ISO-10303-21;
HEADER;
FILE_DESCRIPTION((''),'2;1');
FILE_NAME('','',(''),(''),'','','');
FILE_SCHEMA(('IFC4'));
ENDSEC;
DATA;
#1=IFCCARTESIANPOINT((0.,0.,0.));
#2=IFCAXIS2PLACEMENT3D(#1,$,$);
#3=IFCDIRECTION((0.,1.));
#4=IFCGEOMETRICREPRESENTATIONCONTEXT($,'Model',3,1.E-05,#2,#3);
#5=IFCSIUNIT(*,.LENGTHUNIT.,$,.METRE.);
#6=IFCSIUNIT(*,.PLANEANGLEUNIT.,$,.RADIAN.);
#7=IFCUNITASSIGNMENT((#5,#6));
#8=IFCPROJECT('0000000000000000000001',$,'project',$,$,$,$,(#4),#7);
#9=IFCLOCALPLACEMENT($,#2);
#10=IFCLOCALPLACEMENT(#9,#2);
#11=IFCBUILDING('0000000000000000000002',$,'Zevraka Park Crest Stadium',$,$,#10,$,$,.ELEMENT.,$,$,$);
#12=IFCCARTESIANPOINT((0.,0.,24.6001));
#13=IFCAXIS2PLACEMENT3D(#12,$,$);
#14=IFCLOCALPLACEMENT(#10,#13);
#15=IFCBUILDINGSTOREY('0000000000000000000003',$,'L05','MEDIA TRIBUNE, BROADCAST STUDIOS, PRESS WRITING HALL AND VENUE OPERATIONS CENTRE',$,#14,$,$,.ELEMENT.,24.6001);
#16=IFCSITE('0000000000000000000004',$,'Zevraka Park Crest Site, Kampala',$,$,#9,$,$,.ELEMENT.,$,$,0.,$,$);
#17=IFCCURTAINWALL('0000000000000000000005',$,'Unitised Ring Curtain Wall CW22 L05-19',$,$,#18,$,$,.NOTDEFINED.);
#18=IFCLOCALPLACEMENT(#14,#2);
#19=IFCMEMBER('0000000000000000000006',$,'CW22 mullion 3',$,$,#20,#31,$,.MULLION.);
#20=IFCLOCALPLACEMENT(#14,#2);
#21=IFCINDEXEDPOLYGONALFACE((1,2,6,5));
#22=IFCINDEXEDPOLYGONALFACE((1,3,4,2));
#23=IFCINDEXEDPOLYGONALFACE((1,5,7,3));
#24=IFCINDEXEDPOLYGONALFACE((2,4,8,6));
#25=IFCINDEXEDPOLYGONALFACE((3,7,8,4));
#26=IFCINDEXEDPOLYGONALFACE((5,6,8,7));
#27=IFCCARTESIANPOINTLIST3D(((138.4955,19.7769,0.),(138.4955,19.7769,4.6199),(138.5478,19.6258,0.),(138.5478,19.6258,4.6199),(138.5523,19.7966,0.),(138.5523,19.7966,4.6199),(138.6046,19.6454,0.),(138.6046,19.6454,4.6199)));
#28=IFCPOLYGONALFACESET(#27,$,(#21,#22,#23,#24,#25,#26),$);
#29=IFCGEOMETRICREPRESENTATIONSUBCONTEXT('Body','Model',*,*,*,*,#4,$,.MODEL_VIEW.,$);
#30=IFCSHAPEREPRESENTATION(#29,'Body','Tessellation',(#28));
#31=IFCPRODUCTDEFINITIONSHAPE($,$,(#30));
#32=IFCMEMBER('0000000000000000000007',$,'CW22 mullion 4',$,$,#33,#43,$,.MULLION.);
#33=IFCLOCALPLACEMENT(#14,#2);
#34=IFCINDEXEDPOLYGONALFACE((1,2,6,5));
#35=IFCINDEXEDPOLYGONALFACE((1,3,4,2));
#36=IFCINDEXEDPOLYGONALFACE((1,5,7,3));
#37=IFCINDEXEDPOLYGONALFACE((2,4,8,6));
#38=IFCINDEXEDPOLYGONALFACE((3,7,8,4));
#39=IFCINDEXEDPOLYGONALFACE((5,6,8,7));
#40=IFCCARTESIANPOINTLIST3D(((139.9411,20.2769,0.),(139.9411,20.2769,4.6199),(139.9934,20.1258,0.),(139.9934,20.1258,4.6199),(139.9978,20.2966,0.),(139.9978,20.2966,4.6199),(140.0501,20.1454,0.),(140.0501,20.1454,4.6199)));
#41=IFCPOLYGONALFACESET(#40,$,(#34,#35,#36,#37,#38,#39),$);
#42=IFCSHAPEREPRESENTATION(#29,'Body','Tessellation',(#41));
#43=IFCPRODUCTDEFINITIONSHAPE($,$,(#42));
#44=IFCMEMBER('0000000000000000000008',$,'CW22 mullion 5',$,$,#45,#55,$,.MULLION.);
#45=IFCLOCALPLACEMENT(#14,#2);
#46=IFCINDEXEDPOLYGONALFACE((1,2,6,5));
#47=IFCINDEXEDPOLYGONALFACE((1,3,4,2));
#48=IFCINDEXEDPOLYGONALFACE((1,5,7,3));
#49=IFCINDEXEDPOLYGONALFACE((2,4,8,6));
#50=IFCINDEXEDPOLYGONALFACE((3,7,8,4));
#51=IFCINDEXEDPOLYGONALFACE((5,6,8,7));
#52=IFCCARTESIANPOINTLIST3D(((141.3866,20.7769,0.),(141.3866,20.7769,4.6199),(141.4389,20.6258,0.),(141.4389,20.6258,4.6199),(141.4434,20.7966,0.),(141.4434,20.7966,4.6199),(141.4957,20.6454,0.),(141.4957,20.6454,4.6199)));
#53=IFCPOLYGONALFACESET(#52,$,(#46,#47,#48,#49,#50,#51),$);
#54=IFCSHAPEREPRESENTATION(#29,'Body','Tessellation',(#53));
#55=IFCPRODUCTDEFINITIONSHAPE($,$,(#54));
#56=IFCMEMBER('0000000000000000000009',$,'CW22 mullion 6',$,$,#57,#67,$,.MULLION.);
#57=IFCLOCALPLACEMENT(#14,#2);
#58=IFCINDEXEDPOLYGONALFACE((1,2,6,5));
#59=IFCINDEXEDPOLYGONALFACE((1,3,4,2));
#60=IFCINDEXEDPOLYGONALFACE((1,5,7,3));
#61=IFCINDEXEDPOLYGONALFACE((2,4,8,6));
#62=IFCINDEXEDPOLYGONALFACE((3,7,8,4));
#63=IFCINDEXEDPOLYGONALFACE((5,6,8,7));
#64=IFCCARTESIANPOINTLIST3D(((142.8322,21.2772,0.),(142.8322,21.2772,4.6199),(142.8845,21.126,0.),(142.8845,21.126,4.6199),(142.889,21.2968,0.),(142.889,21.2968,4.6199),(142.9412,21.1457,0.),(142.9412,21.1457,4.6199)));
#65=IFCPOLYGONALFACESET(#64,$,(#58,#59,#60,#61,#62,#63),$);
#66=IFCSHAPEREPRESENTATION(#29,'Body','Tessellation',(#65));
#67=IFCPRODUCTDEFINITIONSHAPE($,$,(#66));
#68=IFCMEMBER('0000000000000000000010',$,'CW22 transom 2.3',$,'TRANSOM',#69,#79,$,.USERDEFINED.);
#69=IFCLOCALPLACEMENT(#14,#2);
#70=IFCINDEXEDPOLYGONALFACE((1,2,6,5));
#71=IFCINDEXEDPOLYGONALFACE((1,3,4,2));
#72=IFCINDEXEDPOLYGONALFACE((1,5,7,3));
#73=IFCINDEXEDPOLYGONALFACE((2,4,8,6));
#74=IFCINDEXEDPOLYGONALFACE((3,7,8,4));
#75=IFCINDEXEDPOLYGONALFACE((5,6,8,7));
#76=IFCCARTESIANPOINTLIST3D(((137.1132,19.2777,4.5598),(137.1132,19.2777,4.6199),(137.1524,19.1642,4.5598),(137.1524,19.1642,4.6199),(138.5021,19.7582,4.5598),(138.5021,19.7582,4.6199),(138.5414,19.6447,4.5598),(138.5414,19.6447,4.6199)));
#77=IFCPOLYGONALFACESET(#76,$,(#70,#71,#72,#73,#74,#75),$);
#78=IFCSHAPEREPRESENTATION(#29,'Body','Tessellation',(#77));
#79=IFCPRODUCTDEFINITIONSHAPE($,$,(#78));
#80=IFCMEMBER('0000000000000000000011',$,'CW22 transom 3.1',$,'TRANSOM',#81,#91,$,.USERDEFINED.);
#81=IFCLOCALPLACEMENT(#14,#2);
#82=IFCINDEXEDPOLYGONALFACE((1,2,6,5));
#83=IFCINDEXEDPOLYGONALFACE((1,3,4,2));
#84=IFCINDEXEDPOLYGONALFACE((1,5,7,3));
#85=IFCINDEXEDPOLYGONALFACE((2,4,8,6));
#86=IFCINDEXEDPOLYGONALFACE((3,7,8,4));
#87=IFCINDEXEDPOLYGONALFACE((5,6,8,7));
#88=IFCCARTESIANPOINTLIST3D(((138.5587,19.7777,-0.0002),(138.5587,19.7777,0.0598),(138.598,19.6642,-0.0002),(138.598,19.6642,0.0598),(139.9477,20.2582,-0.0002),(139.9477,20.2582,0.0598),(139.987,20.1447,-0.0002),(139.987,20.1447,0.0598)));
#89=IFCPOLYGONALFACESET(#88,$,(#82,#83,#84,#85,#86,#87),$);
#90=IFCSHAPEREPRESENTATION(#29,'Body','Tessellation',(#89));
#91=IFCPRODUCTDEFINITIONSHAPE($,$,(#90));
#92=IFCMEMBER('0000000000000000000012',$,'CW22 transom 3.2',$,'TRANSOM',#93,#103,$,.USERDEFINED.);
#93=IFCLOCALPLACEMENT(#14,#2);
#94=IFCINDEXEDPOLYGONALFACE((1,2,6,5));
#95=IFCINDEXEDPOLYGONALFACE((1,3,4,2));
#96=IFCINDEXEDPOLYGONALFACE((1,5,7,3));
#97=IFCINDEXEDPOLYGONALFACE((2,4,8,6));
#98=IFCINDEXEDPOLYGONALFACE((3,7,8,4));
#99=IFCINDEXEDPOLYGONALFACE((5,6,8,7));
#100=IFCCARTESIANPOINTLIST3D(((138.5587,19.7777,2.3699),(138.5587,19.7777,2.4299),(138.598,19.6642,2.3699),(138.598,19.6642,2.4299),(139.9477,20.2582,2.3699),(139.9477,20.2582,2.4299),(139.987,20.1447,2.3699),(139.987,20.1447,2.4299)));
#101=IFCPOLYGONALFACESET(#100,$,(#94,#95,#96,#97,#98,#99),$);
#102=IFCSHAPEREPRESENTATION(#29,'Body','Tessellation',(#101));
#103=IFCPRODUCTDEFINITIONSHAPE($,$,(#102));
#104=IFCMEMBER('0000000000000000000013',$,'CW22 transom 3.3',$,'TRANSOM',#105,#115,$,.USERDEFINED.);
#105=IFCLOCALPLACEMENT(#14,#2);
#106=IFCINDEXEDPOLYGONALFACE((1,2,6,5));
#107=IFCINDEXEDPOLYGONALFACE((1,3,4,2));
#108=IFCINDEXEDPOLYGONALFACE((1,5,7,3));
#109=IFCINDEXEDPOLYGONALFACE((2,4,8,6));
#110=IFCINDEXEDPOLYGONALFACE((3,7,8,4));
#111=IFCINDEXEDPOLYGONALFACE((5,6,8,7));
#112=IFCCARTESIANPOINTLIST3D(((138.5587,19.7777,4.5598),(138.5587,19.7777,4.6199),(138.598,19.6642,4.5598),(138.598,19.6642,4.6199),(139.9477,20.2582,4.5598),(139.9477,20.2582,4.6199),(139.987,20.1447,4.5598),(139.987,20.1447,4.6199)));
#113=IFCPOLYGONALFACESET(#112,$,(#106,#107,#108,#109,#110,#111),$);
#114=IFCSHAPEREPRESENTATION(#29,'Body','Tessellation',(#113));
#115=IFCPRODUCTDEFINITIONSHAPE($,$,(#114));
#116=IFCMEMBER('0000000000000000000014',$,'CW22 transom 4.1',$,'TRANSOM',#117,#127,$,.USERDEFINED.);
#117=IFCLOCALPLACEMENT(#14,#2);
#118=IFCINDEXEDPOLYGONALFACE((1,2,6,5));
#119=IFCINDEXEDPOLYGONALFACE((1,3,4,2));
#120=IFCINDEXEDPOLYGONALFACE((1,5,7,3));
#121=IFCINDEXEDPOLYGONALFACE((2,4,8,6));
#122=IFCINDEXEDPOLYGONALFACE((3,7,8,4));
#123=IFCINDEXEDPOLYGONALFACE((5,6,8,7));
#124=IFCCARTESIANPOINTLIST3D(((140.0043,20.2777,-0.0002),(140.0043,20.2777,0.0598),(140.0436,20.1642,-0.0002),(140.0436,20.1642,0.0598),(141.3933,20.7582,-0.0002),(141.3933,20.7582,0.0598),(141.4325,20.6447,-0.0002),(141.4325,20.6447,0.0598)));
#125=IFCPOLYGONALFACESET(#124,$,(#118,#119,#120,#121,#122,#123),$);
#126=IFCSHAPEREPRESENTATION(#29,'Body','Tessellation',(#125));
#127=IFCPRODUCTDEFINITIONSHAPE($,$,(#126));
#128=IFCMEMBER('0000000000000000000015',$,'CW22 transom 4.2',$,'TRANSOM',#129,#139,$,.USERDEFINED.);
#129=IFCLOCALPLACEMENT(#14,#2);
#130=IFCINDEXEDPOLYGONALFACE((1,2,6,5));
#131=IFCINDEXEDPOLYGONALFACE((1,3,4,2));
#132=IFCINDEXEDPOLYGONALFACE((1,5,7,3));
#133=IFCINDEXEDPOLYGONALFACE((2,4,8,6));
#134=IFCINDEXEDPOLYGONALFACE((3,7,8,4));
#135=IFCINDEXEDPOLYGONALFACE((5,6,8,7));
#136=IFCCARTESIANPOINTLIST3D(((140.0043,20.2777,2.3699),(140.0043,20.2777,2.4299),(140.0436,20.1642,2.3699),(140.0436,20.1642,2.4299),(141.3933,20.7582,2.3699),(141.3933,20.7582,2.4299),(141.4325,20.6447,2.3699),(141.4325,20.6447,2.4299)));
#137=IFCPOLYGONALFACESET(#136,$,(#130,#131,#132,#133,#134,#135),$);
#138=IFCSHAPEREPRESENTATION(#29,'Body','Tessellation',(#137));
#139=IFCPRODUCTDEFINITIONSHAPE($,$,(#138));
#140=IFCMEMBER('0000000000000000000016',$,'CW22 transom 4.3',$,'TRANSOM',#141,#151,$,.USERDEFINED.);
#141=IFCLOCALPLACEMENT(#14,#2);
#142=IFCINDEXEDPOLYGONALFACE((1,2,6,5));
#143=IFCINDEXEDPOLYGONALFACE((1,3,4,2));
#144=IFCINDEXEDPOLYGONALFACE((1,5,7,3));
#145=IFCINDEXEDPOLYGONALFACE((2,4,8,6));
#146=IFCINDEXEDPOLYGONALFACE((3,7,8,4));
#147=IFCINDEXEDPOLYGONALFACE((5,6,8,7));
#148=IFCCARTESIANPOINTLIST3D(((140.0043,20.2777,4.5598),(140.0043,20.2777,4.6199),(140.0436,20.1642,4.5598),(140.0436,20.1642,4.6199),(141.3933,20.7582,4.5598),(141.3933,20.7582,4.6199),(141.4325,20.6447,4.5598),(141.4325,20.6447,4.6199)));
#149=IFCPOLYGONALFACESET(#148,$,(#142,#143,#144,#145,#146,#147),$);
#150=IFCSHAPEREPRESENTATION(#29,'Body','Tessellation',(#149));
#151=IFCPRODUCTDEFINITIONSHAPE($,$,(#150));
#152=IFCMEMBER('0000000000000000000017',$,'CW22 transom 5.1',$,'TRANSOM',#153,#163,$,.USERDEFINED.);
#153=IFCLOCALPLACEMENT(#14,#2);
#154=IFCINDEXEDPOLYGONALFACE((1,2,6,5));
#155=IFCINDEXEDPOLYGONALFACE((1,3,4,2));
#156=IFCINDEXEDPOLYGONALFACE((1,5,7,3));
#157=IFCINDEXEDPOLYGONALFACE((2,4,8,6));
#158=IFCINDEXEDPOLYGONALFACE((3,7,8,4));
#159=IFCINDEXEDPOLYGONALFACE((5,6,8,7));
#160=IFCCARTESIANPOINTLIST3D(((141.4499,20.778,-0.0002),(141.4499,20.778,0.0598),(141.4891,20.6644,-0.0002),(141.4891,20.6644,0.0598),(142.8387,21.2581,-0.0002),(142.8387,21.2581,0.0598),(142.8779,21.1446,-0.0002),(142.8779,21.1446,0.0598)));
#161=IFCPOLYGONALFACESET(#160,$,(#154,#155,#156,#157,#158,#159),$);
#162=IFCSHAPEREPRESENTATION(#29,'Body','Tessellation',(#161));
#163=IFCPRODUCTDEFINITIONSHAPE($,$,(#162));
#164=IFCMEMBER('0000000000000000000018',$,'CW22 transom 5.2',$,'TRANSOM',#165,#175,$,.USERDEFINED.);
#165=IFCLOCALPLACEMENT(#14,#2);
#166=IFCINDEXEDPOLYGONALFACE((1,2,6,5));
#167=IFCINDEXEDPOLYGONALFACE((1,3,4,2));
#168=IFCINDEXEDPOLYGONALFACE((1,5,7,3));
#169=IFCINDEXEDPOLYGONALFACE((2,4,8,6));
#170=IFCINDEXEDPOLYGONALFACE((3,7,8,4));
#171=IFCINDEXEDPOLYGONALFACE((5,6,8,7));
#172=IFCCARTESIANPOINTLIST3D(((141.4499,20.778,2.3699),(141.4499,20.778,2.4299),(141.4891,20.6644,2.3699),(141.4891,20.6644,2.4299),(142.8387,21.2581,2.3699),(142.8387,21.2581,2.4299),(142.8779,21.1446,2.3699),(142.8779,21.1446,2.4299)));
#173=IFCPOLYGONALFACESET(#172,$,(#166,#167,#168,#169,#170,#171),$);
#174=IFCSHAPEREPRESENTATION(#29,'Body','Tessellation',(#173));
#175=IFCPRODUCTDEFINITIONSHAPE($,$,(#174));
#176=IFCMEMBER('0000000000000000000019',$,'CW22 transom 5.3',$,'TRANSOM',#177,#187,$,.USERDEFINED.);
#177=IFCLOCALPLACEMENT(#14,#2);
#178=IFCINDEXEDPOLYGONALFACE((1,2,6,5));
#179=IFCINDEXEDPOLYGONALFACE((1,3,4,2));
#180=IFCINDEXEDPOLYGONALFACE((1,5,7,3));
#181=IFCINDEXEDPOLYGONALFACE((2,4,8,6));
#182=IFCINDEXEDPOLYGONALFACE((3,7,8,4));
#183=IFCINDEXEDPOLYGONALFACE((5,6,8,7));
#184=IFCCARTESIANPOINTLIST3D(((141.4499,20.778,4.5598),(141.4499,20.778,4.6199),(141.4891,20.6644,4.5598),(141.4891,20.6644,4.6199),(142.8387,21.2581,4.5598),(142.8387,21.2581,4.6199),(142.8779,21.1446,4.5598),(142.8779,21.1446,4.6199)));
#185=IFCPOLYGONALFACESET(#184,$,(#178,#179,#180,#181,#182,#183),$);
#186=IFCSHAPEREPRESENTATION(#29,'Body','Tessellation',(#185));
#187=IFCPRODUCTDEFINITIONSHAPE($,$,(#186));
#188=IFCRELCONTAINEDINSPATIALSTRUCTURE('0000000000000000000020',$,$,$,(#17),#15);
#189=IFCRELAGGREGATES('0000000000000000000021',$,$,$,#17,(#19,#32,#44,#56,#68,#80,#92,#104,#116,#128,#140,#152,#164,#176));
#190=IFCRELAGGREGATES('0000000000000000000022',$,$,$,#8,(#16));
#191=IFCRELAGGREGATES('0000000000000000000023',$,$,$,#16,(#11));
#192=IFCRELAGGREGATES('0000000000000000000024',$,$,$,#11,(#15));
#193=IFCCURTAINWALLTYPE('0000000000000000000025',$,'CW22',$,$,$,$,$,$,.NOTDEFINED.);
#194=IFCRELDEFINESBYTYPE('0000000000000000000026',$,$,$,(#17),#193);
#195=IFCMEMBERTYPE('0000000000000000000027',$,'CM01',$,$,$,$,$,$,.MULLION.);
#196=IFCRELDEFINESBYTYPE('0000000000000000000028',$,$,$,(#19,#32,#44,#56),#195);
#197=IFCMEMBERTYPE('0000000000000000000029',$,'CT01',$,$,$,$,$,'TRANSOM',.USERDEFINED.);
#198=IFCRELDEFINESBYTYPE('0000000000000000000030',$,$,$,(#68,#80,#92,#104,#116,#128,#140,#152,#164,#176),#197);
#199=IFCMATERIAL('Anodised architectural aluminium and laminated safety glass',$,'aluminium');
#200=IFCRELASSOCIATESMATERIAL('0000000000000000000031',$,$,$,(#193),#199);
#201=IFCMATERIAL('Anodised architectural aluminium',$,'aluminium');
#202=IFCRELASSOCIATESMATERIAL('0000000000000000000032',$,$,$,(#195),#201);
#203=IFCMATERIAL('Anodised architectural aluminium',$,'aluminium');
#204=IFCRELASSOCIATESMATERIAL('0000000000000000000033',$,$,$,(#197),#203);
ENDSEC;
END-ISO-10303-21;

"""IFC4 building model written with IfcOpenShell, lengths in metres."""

from ifc_helpers import new_model, si_unit, direction, frame, origin, origin_2d, place, context, subcontext, project, spatial, rectangle, extrude, material, material_profile, profile_set, type_object, element, aggregate, save


model = new_model("IFC4")

# Units and contexts
model_context = context("Model", 3, precision=1e-05, world=origin(), true_north=direction((0.0, 1.0)))
body_context = subcontext(model_context, "Body", "Model", "MODEL_VIEW")
ifc_project = project(units=[si_unit("LENGTHUNIT", "METRE"), si_unit("PLANEANGLEUNIT", "RADIAN")], contexts=[model_context])

# Site, building, storey
site_placement = place(None, origin())
site = spatial("IfcSite", under=ifc_project, at=site_placement, Name="Zevraka Park Crest Site, Kampala", CompositionType="ELEMENT", RefElevation=0.0)
building_placement = place(site_placement, origin())
building = spatial("IfcBuilding", under=site, at=building_placement, Name="Zevraka Park Crest Stadium", CompositionType="ELEMENT")
storey_placement = place(building_placement, frame((0.0, 0.0, 24.6001)))
storey = spatial("IfcBuildingStorey", under=building, at=storey_placement, Name="L05", Description="MEDIA TRIBUNE, BROADCAST STUDIOS, PRESS WRITING HALL AND VENUE OPERATIONS CENTRE", CompositionType="ELEMENT", Elevation=24.6001)

# Curtain wall, members
ifc_material_1 = material(Name="Anodised architectural aluminium and laminated safety glass", Category="aluminium")
curtain_wall_type = type_object("IfcCurtainWallType", Name="CW22", PredefinedType="NOTDEFINED", material=ifc_material_1)
curtain_wall_placement = place(storey_placement, origin())
curtain_wall = element("IfcCurtainWall", 1, at=curtain_wall_placement, inside=storey, type_object=curtain_wall_type, Name="Unitised Ring Curtain Wall CW22 L05-19", PredefinedType="NOTDEFINED")
ifc_material_2 = material(Name="Anodised architectural aluminium", Category="aluminium")
ifc_material_profile_1 = material_profile(ifc_material_2, rectangle(XDim=0.1599, YDim=0.0601, at=origin_2d()), Name="ALU MULLION 160x60")
ifc_profile_set_1 = profile_set([ifc_material_profile_1], Name="Anodised architectural aluminium")
member_type_1 = type_object("IfcMemberType", Name="CM01", PredefinedType="MULLION", material=ifc_profile_set_1)
member_1_placement = place(storey_placement, frame((138.55, 19.7112, 0.0), z_axis=(0.0, 0.0, 1.0), x_axis=(-0.326929, 0.945049, 0.0)))
member_1 = element("IfcMember", 2, at=member_1_placement, type_object=member_type_1, Name="CW22 mullion 3", PredefinedType="MULLION", context=body_context, shape_type="SweptSolid", body=[
    extrude(rectangle(XDim=0.1599, YDim=0.0601, at=origin_2d()), origin(), (0.0, 0.0, 1.0), 4.6199),
])
member_2_placement = place(storey_placement, frame((139.9956, 20.2112, 0.0), z_axis=(0.0, 0.0, 1.0), x_axis=(-0.326929, 0.945049, 0.0)))
member_2 = element("IfcMember", 3, at=member_2_placement, type_object=member_type_1, Name="CW22 mullion 4", PredefinedType="MULLION", context=body_context, shape_type="SweptSolid", body=[
    extrude(rectangle(XDim=0.1599, YDim=0.0601, at=origin_2d()), origin(), (0.0, 0.0, 1.0), 4.6199),
])
member_3_placement = place(storey_placement, frame((141.4412, 20.7112, 0.0), z_axis=(0.0, 0.0, 1.0), x_axis=(-0.326929, 0.945049, 0.0)))
member_3 = element("IfcMember", 4, at=member_3_placement, type_object=member_type_1, Name="CW22 mullion 5", PredefinedType="MULLION", context=body_context, shape_type="SweptSolid", body=[
    extrude(rectangle(XDim=0.1599, YDim=0.0601, at=origin_2d()), origin(), (0.0, 0.0, 1.0), 4.6199),
])
member_4_placement = place(storey_placement, frame((142.8867, 21.2114, 0.0), z_axis=(0.0, 0.0, 1.0), x_axis=(-0.326929, 0.945049, 0.0)))
member_4 = element("IfcMember", 5, at=member_4_placement, type_object=member_type_1, Name="CW22 mullion 6", PredefinedType="MULLION", context=body_context, shape_type="SweptSolid", body=[
    extrude(rectangle(XDim=0.1599, YDim=0.0601, at=origin_2d()), origin(), (0.0, 0.0, 1.0), 4.6199),
])
ifc_material_3 = material(Name="Anodised architectural aluminium", Category="aluminium")
ifc_material_profile_2 = material_profile(ifc_material_3, rectangle(XDim=0.1201, YDim=0.0601, at=origin_2d()), Name="ALU TRANSOM 120x60")
ifc_profile_set_2 = profile_set([ifc_material_profile_2], Name="Anodised architectural aluminium")
member_type_2 = type_object("IfcMemberType", Name="CT01", ElementType="TRANSOM", PredefinedType="USERDEFINED", material=ifc_profile_set_2)
member_5_placement = place(storey_placement, frame((137.1328, 19.2209, 4.5898), z_axis=(0.945051, 0.326922, 0.0), x_axis=(-0.326922, 0.945051, 0.0)))
member_5 = element("IfcMember", 6, at=member_5_placement, type_object=member_type_2, Name="CW22 transom 2.3", ObjectType="TRANSOM", PredefinedType="USERDEFINED", context=body_context, shape_type="SweptSolid", body=[
    extrude(rectangle(XDim=0.1201, YDim=0.0601, at=origin_2d()), origin(), (0.0, 0.0, 1.0), 1.4697),
])
member_6_placement = place(storey_placement, frame((138.5784, 19.7209, 0.0298), z_axis=(0.945051, 0.326922, 0.0), x_axis=(-0.326922, 0.945051, 0.0)))
member_6 = element("IfcMember", 7, at=member_6_placement, type_object=member_type_2, Name="CW22 transom 3.1", ObjectType="TRANSOM", PredefinedType="USERDEFINED", context=body_context, shape_type="SweptSolid", body=[
    extrude(rectangle(XDim=0.1201, YDim=0.0601, at=origin_2d()), origin(), (0.0, 0.0, 1.0), 1.4697),
])
member_7_placement = place(storey_placement, frame((138.5784, 19.7209, 2.3999), z_axis=(0.945051, 0.326922, 0.0), x_axis=(-0.326922, 0.945051, 0.0)))
member_7 = element("IfcMember", 8, at=member_7_placement, type_object=member_type_2, Name="CW22 transom 3.2", ObjectType="TRANSOM", PredefinedType="USERDEFINED", context=body_context, shape_type="SweptSolid", body=[
    extrude(rectangle(XDim=0.1201, YDim=0.0601, at=origin_2d()), origin(), (0.0, 0.0, 1.0), 1.4697),
])
member_8_placement = place(storey_placement, frame((138.5784, 19.7209, 4.5898), z_axis=(0.945051, 0.326922, 0.0), x_axis=(-0.326922, 0.945051, 0.0)))
member_8 = element("IfcMember", 9, at=member_8_placement, type_object=member_type_2, Name="CW22 transom 3.3", ObjectType="TRANSOM", PredefinedType="USERDEFINED", context=body_context, shape_type="SweptSolid", body=[
    extrude(rectangle(XDim=0.1201, YDim=0.0601, at=origin_2d()), origin(), (0.0, 0.0, 1.0), 1.4697),
])
member_9_placement = place(storey_placement, frame((140.0239, 20.2209, 0.0298), z_axis=(0.945051, 0.326922, 0.0), x_axis=(-0.326922, 0.945051, 0.0)))
member_9 = element("IfcMember", 10, at=member_9_placement, type_object=member_type_2, Name="CW22 transom 4.1", ObjectType="TRANSOM", PredefinedType="USERDEFINED", context=body_context, shape_type="SweptSolid", body=[
    extrude(rectangle(XDim=0.1201, YDim=0.0601, at=origin_2d()), origin(), (0.0, 0.0, 1.0), 1.4697),
])
member_10_placement = place(storey_placement, frame((140.0239, 20.2209, 2.3999), z_axis=(0.945051, 0.326922, 0.0), x_axis=(-0.326922, 0.945051, 0.0)))
member_10 = element("IfcMember", 11, at=member_10_placement, type_object=member_type_2, Name="CW22 transom 4.2", ObjectType="TRANSOM", PredefinedType="USERDEFINED", context=body_context, shape_type="SweptSolid", body=[
    extrude(rectangle(XDim=0.1201, YDim=0.0601, at=origin_2d()), origin(), (0.0, 0.0, 1.0), 1.4697),
])
member_11_placement = place(storey_placement, frame((140.0239, 20.2209, 4.5898), z_axis=(0.945051, 0.326922, 0.0), x_axis=(-0.326922, 0.945051, 0.0)))
member_11 = element("IfcMember", 12, at=member_11_placement, type_object=member_type_2, Name="CW22 transom 4.3", ObjectType="TRANSOM", PredefinedType="USERDEFINED", context=body_context, shape_type="SweptSolid", body=[
    extrude(rectangle(XDim=0.1201, YDim=0.0601, at=origin_2d()), origin(), (0.0, 0.0, 1.0), 1.4697),
])
member_12_placement = place(storey_placement, frame((141.4695, 20.7212, 0.0298), z_axis=(0.945103, 0.326774, 0.0), x_axis=(-0.326774, 0.945103, 0.0)))
member_12 = element("IfcMember", 13, at=member_12_placement, type_object=member_type_2, Name="CW22 transom 5.1", ObjectType="TRANSOM", PredefinedType="USERDEFINED", context=body_context, shape_type="SweptSolid", body=[
    extrude(rectangle(XDim=0.1201, YDim=0.0601, at=origin_2d()), origin(), (0.0, 0.0, 1.0), 1.4695),
])
member_13_placement = place(storey_placement, frame((141.4695, 20.7212, 2.3999), z_axis=(0.945103, 0.326774, 0.0), x_axis=(-0.326774, 0.945103, 0.0)))
member_13 = element("IfcMember", 14, at=member_13_placement, type_object=member_type_2, Name="CW22 transom 5.2", ObjectType="TRANSOM", PredefinedType="USERDEFINED", context=body_context, shape_type="SweptSolid", body=[
    extrude(rectangle(XDim=0.1201, YDim=0.0601, at=origin_2d()), origin(), (0.0, 0.0, 1.0), 1.4695),
])
member_14_placement = place(storey_placement, frame((141.4695, 20.7212, 4.5898), z_axis=(0.945103, 0.326774, 0.0), x_axis=(-0.326774, 0.945103, 0.0)))
member_14 = element("IfcMember", 15, at=member_14_placement, type_object=member_type_2, Name="CW22 transom 5.3", ObjectType="TRANSOM", PredefinedType="USERDEFINED", context=body_context, shape_type="SweptSolid", body=[
    extrude(rectangle(XDim=0.1201, YDim=0.0601, at=origin_2d()), origin(), (0.0, 0.0, 1.0), 1.4695),
])
aggregate(curtain_wall, [member_1, member_2, member_3, member_4, member_5, member_6, member_7, member_8, member_9, member_10, member_11, member_12, member_13, member_14])

save(model, "model.ifc")
